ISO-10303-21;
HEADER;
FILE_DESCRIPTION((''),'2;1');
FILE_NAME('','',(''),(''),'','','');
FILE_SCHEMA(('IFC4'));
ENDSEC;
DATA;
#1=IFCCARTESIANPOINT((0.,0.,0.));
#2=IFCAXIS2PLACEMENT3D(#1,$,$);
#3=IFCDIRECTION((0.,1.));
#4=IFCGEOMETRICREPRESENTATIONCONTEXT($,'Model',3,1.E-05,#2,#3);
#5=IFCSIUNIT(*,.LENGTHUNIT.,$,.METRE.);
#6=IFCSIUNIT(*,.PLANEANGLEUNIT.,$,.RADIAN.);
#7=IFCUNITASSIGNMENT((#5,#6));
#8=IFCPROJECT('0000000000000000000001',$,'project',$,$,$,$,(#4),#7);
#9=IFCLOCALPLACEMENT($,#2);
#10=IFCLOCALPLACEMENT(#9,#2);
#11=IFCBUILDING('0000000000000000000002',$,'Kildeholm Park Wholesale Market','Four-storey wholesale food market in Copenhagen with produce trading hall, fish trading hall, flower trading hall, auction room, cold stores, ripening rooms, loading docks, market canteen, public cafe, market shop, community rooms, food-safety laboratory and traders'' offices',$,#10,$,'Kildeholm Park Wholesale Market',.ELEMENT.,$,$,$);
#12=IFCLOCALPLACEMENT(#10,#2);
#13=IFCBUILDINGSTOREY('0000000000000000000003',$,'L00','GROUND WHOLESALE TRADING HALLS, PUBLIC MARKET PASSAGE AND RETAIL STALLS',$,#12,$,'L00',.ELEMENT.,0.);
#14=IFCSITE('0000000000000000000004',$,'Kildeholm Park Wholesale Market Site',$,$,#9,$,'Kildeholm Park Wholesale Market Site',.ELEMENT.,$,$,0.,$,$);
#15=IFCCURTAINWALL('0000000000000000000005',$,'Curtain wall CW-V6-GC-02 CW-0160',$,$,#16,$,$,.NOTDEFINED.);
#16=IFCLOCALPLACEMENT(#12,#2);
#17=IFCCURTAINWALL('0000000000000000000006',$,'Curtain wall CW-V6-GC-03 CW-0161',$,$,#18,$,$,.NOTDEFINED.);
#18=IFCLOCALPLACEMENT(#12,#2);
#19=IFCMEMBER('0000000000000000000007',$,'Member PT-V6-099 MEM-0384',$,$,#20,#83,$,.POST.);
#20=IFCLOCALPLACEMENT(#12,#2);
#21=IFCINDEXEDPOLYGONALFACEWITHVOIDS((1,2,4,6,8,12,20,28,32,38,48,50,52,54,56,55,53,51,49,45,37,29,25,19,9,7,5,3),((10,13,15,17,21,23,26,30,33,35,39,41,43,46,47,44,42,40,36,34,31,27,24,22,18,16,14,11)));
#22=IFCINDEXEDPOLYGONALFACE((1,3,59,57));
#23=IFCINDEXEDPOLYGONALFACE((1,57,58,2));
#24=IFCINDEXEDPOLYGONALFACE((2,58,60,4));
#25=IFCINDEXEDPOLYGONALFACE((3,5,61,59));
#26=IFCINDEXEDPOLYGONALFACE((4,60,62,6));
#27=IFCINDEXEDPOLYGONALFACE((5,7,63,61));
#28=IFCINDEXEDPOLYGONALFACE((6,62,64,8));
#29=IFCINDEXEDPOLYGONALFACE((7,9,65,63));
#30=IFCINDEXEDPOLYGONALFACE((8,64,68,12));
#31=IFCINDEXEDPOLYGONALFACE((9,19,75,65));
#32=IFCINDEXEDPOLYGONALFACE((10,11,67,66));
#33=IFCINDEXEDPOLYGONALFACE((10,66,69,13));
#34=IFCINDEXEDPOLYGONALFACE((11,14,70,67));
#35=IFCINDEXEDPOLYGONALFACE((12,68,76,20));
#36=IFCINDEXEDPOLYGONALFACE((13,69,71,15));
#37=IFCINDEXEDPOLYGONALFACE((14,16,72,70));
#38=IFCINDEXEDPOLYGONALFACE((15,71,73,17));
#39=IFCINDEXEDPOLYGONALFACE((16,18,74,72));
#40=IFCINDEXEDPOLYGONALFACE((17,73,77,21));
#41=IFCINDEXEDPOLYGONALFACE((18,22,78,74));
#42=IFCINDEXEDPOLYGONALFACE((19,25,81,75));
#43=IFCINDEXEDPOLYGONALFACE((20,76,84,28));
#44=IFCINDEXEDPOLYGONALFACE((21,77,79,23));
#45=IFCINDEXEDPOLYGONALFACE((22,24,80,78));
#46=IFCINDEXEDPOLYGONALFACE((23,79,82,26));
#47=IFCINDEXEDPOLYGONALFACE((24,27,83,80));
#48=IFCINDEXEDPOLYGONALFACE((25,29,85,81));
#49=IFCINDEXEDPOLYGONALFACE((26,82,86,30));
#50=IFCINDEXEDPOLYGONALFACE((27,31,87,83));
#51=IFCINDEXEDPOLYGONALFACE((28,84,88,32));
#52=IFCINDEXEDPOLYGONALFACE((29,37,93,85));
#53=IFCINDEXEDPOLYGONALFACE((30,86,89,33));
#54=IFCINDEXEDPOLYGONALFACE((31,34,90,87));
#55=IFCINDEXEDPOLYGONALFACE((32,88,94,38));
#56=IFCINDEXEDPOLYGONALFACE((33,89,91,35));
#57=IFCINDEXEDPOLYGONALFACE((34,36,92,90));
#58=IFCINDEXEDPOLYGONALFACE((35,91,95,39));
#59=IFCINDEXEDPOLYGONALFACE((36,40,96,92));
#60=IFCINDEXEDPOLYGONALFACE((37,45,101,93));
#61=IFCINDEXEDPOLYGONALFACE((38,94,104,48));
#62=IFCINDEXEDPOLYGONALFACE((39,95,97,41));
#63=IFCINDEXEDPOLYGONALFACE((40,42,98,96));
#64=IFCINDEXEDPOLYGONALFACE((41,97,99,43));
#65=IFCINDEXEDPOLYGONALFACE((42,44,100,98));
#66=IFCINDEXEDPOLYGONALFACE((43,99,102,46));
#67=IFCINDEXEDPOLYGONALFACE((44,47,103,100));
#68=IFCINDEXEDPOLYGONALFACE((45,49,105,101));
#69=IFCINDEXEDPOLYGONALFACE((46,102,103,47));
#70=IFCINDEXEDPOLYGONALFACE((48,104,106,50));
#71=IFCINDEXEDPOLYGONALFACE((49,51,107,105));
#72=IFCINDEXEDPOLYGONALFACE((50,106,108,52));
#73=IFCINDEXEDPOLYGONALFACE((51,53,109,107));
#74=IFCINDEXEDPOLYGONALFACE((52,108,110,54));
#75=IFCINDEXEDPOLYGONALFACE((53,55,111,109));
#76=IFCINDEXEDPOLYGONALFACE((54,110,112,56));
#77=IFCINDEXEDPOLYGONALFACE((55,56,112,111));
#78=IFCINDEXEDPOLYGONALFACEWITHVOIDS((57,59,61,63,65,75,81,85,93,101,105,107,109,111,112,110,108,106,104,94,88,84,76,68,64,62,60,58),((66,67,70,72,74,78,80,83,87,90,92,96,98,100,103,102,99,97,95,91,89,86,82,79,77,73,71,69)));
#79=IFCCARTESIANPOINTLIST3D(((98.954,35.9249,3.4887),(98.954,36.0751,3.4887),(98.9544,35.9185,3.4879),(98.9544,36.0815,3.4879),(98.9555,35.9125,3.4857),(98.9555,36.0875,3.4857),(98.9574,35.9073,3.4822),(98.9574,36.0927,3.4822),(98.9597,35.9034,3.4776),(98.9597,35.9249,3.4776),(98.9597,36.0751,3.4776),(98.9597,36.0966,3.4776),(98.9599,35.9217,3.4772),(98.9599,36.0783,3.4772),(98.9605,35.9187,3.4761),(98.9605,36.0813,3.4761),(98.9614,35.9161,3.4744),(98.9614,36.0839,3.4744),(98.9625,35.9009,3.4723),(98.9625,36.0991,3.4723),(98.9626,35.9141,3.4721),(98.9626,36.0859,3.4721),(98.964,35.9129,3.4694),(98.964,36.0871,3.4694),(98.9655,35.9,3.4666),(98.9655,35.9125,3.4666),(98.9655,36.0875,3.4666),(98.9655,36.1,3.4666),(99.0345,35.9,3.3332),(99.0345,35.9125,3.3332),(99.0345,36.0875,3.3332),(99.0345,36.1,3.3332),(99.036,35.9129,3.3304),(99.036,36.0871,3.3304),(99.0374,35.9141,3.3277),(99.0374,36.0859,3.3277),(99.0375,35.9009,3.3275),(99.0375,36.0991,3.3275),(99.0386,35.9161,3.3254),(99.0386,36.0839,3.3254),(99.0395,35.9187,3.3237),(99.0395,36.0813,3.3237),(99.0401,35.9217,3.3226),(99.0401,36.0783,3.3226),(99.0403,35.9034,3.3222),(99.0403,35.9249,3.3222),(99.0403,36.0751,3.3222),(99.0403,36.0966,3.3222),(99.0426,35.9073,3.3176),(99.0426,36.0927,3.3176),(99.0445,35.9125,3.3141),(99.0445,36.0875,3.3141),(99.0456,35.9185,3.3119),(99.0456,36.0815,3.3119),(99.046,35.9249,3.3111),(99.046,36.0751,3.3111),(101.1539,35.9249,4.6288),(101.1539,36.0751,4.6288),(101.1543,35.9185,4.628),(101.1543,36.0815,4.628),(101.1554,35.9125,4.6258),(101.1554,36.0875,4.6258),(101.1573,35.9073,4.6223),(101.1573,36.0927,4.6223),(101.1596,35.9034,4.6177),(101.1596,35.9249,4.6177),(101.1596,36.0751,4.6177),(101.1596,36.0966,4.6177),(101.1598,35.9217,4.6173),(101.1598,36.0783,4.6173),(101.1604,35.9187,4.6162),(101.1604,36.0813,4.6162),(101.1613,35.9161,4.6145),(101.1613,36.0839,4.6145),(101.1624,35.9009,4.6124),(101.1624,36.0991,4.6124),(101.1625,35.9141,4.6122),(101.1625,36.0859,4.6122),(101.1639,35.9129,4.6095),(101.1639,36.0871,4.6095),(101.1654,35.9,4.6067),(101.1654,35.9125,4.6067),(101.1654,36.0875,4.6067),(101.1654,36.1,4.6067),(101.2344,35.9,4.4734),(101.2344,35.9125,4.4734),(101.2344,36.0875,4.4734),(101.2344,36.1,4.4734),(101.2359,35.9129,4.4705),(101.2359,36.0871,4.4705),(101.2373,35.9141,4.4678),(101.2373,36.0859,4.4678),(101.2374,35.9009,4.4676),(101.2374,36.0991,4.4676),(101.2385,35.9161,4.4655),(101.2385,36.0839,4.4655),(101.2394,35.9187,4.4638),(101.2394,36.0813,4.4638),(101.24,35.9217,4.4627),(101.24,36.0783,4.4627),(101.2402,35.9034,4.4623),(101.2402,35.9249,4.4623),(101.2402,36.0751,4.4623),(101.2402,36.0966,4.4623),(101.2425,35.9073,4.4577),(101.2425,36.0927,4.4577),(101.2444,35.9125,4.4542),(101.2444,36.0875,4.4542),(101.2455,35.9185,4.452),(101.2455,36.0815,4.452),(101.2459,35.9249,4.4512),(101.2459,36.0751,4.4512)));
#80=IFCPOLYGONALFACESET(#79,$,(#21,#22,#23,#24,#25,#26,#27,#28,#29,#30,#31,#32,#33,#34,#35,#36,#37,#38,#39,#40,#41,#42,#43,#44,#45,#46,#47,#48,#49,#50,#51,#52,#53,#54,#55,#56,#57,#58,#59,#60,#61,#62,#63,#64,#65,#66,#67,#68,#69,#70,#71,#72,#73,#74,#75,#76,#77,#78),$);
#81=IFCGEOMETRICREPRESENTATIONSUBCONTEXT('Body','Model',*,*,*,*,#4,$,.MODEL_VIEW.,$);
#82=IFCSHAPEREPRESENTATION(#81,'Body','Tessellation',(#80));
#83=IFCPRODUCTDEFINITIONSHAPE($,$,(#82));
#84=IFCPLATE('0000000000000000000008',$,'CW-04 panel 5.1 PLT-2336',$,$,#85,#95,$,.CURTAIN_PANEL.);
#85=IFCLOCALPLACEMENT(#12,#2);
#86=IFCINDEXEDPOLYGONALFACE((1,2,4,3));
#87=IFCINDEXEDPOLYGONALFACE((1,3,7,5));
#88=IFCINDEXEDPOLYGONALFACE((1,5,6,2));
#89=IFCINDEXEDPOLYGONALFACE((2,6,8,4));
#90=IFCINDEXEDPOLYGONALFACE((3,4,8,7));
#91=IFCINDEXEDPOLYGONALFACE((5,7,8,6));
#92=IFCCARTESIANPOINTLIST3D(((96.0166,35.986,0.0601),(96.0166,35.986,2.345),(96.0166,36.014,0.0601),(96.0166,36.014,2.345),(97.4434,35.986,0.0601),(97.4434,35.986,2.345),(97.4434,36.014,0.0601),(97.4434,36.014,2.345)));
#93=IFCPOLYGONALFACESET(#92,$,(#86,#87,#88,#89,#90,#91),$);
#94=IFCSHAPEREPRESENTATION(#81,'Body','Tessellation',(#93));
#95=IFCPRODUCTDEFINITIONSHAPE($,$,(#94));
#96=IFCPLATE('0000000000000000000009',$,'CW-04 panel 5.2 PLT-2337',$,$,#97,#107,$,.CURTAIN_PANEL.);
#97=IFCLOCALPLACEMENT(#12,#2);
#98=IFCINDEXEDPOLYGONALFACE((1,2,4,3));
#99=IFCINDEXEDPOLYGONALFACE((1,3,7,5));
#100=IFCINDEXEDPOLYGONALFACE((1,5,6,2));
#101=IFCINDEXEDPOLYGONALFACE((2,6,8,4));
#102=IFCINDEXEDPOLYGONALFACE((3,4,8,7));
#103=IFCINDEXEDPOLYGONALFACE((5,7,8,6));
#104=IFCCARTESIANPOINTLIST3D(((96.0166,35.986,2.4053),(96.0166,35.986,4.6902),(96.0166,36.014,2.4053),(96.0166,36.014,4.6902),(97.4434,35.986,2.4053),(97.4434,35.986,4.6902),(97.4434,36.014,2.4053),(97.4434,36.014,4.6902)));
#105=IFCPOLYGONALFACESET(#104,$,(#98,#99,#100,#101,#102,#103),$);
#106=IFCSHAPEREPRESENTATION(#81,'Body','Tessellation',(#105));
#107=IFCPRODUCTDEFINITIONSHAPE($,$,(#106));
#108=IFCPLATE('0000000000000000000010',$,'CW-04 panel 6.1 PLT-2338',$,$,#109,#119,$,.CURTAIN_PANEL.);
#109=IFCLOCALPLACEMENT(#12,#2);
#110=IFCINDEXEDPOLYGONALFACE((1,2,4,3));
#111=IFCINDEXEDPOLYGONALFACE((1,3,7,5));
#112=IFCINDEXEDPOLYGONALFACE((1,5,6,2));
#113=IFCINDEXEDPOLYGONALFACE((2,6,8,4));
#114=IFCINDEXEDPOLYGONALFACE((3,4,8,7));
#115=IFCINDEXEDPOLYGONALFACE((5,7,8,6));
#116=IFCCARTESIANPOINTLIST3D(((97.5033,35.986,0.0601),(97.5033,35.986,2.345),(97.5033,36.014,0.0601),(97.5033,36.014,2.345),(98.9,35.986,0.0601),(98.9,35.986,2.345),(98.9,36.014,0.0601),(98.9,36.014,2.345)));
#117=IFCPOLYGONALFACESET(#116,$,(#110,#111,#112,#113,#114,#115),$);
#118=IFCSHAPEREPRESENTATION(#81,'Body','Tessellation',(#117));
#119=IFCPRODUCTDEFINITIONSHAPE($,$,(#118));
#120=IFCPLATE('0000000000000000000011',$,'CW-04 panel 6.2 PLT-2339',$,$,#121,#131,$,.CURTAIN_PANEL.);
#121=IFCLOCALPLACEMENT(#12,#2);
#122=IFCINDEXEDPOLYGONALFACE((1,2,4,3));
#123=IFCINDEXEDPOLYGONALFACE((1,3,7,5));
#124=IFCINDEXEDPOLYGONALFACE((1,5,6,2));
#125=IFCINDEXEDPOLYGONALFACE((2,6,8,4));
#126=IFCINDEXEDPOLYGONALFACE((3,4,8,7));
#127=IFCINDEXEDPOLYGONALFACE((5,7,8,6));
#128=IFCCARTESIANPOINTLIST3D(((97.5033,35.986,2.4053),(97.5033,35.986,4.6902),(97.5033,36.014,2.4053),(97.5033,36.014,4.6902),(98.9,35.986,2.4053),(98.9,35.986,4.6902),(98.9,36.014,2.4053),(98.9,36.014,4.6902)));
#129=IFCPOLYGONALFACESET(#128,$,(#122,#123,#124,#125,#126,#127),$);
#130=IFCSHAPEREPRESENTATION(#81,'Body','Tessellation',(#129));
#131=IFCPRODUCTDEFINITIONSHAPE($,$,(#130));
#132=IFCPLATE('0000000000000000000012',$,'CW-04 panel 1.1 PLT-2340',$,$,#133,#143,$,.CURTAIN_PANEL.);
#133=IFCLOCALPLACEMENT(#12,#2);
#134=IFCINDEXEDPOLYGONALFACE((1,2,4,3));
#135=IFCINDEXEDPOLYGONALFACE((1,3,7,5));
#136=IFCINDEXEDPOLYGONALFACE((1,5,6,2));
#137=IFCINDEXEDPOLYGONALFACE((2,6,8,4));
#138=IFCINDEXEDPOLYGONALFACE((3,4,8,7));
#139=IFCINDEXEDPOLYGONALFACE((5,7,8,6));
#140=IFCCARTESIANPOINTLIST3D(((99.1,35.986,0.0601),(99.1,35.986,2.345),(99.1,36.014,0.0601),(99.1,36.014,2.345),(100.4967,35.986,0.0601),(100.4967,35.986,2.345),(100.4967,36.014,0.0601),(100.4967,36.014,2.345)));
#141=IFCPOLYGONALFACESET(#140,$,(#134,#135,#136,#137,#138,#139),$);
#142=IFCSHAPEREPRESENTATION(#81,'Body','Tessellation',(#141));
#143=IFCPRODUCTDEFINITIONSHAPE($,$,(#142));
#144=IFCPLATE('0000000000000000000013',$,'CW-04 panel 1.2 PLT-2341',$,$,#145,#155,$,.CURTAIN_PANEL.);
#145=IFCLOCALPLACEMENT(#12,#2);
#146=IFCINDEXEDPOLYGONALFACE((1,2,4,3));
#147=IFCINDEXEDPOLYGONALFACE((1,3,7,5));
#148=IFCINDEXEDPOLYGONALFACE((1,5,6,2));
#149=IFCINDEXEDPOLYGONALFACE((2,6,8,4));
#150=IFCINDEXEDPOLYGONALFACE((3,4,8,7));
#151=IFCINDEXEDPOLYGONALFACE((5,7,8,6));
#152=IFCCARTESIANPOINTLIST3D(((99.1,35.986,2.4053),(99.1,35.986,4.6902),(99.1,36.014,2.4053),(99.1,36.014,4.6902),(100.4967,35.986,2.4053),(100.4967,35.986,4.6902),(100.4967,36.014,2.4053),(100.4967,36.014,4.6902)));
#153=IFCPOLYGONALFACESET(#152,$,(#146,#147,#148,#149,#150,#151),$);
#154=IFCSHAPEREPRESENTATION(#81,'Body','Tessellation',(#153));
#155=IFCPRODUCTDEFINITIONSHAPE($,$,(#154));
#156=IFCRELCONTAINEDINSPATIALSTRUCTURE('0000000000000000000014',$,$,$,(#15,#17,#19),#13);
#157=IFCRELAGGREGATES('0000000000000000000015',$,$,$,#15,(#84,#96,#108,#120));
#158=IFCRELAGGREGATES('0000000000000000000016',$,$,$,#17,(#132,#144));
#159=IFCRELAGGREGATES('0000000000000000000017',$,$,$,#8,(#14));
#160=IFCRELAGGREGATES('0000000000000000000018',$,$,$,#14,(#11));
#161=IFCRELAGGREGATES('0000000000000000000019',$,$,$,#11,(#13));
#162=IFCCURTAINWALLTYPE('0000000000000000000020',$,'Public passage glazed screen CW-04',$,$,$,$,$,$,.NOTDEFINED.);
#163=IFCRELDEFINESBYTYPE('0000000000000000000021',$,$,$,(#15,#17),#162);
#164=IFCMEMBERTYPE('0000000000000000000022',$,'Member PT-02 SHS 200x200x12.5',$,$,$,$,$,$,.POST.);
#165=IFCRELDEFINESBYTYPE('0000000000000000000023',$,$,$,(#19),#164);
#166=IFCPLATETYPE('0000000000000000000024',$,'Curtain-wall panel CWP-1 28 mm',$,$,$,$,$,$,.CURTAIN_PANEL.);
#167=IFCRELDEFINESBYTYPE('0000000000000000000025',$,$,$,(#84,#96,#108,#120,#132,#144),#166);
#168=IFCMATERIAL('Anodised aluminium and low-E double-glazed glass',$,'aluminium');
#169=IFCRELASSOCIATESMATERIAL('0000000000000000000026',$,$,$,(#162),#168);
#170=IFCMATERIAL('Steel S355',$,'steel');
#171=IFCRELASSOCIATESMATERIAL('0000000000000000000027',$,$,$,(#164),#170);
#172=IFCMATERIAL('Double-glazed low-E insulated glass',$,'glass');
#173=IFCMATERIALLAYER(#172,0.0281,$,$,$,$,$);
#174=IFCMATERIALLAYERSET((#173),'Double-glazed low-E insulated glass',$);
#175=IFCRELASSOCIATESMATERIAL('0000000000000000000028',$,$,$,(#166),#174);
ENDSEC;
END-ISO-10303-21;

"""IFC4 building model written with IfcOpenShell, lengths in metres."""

from ifc_helpers import new_model, si_unit, direction, frame, origin, origin_2d, place, context, subcontext, project, spatial, rectangle, hollow_rectangle, extrude, material, layer, layer_set, material_profile, profile_set, type_object, element, aggregate, save


model = new_model("IFC4")

# Units and contexts
model_context = context("Model", 3, precision=1e-05, world=origin(), true_north=direction((0.0, 1.0)))
body_context = subcontext(model_context, "Body", "Model", "MODEL_VIEW")
ifc_project = project(units=[si_unit("LENGTHUNIT", "METRE"), si_unit("PLANEANGLEUNIT", "RADIAN")], contexts=[model_context])

# Site, building, storey
site_placement = place(None, origin())
site = spatial("IfcSite", under=ifc_project, at=site_placement, Name="Kildeholm Park Wholesale Market Site", LongName="Kildeholm Park Wholesale Market Site", CompositionType="ELEMENT", RefElevation=0.0)
building_placement = place(site_placement, origin())
building = spatial("IfcBuilding", under=site, at=building_placement, Name="Kildeholm Park Wholesale Market", Description="Four-storey wholesale food market in Copenhagen with produce trading hall, fish trading hall, flower trading hall, auction room, cold stores, ripening rooms, loading docks, market canteen, public cafe, market shop, community rooms, food-safety laboratory and traders' offices", LongName="Kildeholm Park Wholesale Market", CompositionType="ELEMENT")
storey_placement = place(building_placement, origin())
storey = spatial("IfcBuildingStorey", under=building, at=storey_placement, Name="L00", Description="GROUND WHOLESALE TRADING HALLS, PUBLIC MARKET PASSAGE AND RETAIL STALLS", LongName="L00", CompositionType="ELEMENT", Elevation=0.0)

# Shared definitions
ifc_material_1 = material(Name="Steel S355", Category="steel")

# Curtain walls
ifc_material_2 = material(Name="Anodised aluminium and low-E double-glazed glass", Category="aluminium")
curtain_wall_type = type_object("IfcCurtainWallType", Name="Public passage glazed screen CW-04", PredefinedType="NOTDEFINED", material=ifc_material_2)
curtain_wall_1_placement = place(storey_placement, origin())
curtain_wall_1 = element("IfcCurtainWall", 1, at=curtain_wall_1_placement, inside=storey, type_object=curtain_wall_type, Name="Curtain wall CW-V6-GC-02 CW-0160", PredefinedType="NOTDEFINED")
curtain_wall_2_placement = place(storey_placement, origin())
curtain_wall_2 = element("IfcCurtainWall", 2, at=curtain_wall_2_placement, inside=storey, type_object=curtain_wall_type, Name="Curtain wall CW-V6-GC-03 CW-0161", PredefinedType="NOTDEFINED")

# Member
ifc_material_profile_1 = material_profile(ifc_material_1, hollow_rectangle(XDim=0.2, YDim=0.2, WallThickness=0.0125, InnerFilletRadius=0.0125, OuterFilletRadius=0.0249, at=origin_2d()), Name="SHS 200x200x12.5")
ifc_profile_set_1 = profile_set([ifc_material_profile_1], Name="Steel S355")
member_type_1 = type_object("IfcMemberType", Name="Member PT-02 SHS 200x200x12.5", PredefinedType="POST", material=ifc_profile_set_1)
member_1_placement = place(storey_placement, frame((99.0, 36.0, 3.3999), z_axis=(0.88785, 0.0, 0.460133), x_axis=(0.0, 1.0, 0.0)))
element("IfcMember", 3, at=member_1_placement, inside=storey, type_object=member_type_1, Name="Member PT-V6-099 MEM-0384", PredefinedType="POST", context=body_context, shape_type="SweptSolid", body=[
    extrude(hollow_rectangle(XDim=0.2, YDim=0.2, WallThickness=0.0125, InnerFilletRadius=0.0125, OuterFilletRadius=0.0249, at=origin_2d()), origin(), (0.0, 0.0, 1.0), 2.4778),
])

# Plates
ifc_material_3 = material(Name="Double-glazed low-E insulated glass", Category="glass")
ifc_layer = layer(ifc_material_3, 0.0281)
ifc_layer_set = layer_set([ifc_layer], Name="Double-glazed low-E insulated glass")
plate_type = type_object("IfcPlateType", Name="Curtain-wall panel CWP-1 28 mm", PredefinedType="CURTAIN_PANEL", material=ifc_layer_set)
plate_1_placement = place(storey_placement, frame((96.73, 36.0, 0.0601), z_axis=(0.0, 0.0, 1.0), x_axis=(1.0, 0.0, 0.0)))
plate_1 = element("IfcPlate", 4, at=plate_1_placement, type_object=plate_type, Name="CW-04 panel 5.1 PLT-2336", PredefinedType="CURTAIN_PANEL", context=body_context, shape_type="SweptSolid", body=[
    extrude(rectangle(XDim=1.4268, YDim=0.0281, at=origin_2d()), origin(), (0.0, 0.0, 1.0), 2.2849),
])
plate_2_placement = place(storey_placement, frame((96.73, 36.0, 2.4053), z_axis=(0.0, 0.0, 1.0), x_axis=(1.0, 0.0, 0.0)))
plate_2 = element("IfcPlate", 5, at=plate_2_placement, type_object=plate_type, Name="CW-04 panel 5.2 PLT-2337", PredefinedType="CURTAIN_PANEL", context=body_context, shape_type="SweptSolid", body=[
    extrude(rectangle(XDim=1.4268, YDim=0.0281, at=origin_2d()), origin(), (0.0, 0.0, 1.0), 2.2849),
])
plate_3_placement = place(storey_placement, frame((98.2017, 36.0, 0.0601), z_axis=(0.0, 0.0, 1.0), x_axis=(1.0, 0.0, 0.0)))
plate_3 = element("IfcPlate", 6, at=plate_3_placement, type_object=plate_type, Name="CW-04 panel 6.1 PLT-2338", PredefinedType="CURTAIN_PANEL", context=body_context, shape_type="SweptSolid", body=[
    extrude(rectangle(XDim=1.3967, YDim=0.0281, at=origin_2d()), origin(), (0.0, 0.0, 1.0), 2.2849),
])
plate_4_placement = place(storey_placement, frame((98.2017, 36.0, 2.4053), z_axis=(0.0, 0.0, 1.0), x_axis=(1.0, 0.0, 0.0)))
plate_4 = element("IfcPlate", 7, at=plate_4_placement, type_object=plate_type, Name="CW-04 panel 6.2 PLT-2339", PredefinedType="CURTAIN_PANEL", context=body_context, shape_type="SweptSolid", body=[
    extrude(rectangle(XDim=1.3967, YDim=0.0281, at=origin_2d()), origin(), (0.0, 0.0, 1.0), 2.2849),
])
aggregate(curtain_wall_1, [plate_1, plate_2, plate_3, plate_4])
plate_5_placement = place(storey_placement, frame((99.7983, 36.0, 0.0601), z_axis=(0.0, 0.0, 1.0), x_axis=(1.0, 0.0, 0.0)))
plate_5 = element("IfcPlate", 8, at=plate_5_placement, type_object=plate_type, Name="CW-04 panel 1.1 PLT-2340", PredefinedType="CURTAIN_PANEL", context=body_context, shape_type="SweptSolid", body=[
    extrude(rectangle(XDim=1.3967, YDim=0.0281, at=origin_2d()), origin(), (0.0, 0.0, 1.0), 2.2849),
])
plate_6_placement = place(storey_placement, frame((99.7983, 36.0, 2.4053), z_axis=(0.0, 0.0, 1.0), x_axis=(1.0, 0.0, 0.0)))
plate_6 = element("IfcPlate", 9, at=plate_6_placement, type_object=plate_type, Name="CW-04 panel 1.2 PLT-2341", PredefinedType="CURTAIN_PANEL", context=body_context, shape_type="SweptSolid", body=[
    extrude(rectangle(XDim=1.3967, YDim=0.0281, at=origin_2d()), origin(), (0.0, 0.0, 1.0), 2.2849),
])
aggregate(curtain_wall_2, [plate_5, plate_6])

save(model, "model.ifc")
